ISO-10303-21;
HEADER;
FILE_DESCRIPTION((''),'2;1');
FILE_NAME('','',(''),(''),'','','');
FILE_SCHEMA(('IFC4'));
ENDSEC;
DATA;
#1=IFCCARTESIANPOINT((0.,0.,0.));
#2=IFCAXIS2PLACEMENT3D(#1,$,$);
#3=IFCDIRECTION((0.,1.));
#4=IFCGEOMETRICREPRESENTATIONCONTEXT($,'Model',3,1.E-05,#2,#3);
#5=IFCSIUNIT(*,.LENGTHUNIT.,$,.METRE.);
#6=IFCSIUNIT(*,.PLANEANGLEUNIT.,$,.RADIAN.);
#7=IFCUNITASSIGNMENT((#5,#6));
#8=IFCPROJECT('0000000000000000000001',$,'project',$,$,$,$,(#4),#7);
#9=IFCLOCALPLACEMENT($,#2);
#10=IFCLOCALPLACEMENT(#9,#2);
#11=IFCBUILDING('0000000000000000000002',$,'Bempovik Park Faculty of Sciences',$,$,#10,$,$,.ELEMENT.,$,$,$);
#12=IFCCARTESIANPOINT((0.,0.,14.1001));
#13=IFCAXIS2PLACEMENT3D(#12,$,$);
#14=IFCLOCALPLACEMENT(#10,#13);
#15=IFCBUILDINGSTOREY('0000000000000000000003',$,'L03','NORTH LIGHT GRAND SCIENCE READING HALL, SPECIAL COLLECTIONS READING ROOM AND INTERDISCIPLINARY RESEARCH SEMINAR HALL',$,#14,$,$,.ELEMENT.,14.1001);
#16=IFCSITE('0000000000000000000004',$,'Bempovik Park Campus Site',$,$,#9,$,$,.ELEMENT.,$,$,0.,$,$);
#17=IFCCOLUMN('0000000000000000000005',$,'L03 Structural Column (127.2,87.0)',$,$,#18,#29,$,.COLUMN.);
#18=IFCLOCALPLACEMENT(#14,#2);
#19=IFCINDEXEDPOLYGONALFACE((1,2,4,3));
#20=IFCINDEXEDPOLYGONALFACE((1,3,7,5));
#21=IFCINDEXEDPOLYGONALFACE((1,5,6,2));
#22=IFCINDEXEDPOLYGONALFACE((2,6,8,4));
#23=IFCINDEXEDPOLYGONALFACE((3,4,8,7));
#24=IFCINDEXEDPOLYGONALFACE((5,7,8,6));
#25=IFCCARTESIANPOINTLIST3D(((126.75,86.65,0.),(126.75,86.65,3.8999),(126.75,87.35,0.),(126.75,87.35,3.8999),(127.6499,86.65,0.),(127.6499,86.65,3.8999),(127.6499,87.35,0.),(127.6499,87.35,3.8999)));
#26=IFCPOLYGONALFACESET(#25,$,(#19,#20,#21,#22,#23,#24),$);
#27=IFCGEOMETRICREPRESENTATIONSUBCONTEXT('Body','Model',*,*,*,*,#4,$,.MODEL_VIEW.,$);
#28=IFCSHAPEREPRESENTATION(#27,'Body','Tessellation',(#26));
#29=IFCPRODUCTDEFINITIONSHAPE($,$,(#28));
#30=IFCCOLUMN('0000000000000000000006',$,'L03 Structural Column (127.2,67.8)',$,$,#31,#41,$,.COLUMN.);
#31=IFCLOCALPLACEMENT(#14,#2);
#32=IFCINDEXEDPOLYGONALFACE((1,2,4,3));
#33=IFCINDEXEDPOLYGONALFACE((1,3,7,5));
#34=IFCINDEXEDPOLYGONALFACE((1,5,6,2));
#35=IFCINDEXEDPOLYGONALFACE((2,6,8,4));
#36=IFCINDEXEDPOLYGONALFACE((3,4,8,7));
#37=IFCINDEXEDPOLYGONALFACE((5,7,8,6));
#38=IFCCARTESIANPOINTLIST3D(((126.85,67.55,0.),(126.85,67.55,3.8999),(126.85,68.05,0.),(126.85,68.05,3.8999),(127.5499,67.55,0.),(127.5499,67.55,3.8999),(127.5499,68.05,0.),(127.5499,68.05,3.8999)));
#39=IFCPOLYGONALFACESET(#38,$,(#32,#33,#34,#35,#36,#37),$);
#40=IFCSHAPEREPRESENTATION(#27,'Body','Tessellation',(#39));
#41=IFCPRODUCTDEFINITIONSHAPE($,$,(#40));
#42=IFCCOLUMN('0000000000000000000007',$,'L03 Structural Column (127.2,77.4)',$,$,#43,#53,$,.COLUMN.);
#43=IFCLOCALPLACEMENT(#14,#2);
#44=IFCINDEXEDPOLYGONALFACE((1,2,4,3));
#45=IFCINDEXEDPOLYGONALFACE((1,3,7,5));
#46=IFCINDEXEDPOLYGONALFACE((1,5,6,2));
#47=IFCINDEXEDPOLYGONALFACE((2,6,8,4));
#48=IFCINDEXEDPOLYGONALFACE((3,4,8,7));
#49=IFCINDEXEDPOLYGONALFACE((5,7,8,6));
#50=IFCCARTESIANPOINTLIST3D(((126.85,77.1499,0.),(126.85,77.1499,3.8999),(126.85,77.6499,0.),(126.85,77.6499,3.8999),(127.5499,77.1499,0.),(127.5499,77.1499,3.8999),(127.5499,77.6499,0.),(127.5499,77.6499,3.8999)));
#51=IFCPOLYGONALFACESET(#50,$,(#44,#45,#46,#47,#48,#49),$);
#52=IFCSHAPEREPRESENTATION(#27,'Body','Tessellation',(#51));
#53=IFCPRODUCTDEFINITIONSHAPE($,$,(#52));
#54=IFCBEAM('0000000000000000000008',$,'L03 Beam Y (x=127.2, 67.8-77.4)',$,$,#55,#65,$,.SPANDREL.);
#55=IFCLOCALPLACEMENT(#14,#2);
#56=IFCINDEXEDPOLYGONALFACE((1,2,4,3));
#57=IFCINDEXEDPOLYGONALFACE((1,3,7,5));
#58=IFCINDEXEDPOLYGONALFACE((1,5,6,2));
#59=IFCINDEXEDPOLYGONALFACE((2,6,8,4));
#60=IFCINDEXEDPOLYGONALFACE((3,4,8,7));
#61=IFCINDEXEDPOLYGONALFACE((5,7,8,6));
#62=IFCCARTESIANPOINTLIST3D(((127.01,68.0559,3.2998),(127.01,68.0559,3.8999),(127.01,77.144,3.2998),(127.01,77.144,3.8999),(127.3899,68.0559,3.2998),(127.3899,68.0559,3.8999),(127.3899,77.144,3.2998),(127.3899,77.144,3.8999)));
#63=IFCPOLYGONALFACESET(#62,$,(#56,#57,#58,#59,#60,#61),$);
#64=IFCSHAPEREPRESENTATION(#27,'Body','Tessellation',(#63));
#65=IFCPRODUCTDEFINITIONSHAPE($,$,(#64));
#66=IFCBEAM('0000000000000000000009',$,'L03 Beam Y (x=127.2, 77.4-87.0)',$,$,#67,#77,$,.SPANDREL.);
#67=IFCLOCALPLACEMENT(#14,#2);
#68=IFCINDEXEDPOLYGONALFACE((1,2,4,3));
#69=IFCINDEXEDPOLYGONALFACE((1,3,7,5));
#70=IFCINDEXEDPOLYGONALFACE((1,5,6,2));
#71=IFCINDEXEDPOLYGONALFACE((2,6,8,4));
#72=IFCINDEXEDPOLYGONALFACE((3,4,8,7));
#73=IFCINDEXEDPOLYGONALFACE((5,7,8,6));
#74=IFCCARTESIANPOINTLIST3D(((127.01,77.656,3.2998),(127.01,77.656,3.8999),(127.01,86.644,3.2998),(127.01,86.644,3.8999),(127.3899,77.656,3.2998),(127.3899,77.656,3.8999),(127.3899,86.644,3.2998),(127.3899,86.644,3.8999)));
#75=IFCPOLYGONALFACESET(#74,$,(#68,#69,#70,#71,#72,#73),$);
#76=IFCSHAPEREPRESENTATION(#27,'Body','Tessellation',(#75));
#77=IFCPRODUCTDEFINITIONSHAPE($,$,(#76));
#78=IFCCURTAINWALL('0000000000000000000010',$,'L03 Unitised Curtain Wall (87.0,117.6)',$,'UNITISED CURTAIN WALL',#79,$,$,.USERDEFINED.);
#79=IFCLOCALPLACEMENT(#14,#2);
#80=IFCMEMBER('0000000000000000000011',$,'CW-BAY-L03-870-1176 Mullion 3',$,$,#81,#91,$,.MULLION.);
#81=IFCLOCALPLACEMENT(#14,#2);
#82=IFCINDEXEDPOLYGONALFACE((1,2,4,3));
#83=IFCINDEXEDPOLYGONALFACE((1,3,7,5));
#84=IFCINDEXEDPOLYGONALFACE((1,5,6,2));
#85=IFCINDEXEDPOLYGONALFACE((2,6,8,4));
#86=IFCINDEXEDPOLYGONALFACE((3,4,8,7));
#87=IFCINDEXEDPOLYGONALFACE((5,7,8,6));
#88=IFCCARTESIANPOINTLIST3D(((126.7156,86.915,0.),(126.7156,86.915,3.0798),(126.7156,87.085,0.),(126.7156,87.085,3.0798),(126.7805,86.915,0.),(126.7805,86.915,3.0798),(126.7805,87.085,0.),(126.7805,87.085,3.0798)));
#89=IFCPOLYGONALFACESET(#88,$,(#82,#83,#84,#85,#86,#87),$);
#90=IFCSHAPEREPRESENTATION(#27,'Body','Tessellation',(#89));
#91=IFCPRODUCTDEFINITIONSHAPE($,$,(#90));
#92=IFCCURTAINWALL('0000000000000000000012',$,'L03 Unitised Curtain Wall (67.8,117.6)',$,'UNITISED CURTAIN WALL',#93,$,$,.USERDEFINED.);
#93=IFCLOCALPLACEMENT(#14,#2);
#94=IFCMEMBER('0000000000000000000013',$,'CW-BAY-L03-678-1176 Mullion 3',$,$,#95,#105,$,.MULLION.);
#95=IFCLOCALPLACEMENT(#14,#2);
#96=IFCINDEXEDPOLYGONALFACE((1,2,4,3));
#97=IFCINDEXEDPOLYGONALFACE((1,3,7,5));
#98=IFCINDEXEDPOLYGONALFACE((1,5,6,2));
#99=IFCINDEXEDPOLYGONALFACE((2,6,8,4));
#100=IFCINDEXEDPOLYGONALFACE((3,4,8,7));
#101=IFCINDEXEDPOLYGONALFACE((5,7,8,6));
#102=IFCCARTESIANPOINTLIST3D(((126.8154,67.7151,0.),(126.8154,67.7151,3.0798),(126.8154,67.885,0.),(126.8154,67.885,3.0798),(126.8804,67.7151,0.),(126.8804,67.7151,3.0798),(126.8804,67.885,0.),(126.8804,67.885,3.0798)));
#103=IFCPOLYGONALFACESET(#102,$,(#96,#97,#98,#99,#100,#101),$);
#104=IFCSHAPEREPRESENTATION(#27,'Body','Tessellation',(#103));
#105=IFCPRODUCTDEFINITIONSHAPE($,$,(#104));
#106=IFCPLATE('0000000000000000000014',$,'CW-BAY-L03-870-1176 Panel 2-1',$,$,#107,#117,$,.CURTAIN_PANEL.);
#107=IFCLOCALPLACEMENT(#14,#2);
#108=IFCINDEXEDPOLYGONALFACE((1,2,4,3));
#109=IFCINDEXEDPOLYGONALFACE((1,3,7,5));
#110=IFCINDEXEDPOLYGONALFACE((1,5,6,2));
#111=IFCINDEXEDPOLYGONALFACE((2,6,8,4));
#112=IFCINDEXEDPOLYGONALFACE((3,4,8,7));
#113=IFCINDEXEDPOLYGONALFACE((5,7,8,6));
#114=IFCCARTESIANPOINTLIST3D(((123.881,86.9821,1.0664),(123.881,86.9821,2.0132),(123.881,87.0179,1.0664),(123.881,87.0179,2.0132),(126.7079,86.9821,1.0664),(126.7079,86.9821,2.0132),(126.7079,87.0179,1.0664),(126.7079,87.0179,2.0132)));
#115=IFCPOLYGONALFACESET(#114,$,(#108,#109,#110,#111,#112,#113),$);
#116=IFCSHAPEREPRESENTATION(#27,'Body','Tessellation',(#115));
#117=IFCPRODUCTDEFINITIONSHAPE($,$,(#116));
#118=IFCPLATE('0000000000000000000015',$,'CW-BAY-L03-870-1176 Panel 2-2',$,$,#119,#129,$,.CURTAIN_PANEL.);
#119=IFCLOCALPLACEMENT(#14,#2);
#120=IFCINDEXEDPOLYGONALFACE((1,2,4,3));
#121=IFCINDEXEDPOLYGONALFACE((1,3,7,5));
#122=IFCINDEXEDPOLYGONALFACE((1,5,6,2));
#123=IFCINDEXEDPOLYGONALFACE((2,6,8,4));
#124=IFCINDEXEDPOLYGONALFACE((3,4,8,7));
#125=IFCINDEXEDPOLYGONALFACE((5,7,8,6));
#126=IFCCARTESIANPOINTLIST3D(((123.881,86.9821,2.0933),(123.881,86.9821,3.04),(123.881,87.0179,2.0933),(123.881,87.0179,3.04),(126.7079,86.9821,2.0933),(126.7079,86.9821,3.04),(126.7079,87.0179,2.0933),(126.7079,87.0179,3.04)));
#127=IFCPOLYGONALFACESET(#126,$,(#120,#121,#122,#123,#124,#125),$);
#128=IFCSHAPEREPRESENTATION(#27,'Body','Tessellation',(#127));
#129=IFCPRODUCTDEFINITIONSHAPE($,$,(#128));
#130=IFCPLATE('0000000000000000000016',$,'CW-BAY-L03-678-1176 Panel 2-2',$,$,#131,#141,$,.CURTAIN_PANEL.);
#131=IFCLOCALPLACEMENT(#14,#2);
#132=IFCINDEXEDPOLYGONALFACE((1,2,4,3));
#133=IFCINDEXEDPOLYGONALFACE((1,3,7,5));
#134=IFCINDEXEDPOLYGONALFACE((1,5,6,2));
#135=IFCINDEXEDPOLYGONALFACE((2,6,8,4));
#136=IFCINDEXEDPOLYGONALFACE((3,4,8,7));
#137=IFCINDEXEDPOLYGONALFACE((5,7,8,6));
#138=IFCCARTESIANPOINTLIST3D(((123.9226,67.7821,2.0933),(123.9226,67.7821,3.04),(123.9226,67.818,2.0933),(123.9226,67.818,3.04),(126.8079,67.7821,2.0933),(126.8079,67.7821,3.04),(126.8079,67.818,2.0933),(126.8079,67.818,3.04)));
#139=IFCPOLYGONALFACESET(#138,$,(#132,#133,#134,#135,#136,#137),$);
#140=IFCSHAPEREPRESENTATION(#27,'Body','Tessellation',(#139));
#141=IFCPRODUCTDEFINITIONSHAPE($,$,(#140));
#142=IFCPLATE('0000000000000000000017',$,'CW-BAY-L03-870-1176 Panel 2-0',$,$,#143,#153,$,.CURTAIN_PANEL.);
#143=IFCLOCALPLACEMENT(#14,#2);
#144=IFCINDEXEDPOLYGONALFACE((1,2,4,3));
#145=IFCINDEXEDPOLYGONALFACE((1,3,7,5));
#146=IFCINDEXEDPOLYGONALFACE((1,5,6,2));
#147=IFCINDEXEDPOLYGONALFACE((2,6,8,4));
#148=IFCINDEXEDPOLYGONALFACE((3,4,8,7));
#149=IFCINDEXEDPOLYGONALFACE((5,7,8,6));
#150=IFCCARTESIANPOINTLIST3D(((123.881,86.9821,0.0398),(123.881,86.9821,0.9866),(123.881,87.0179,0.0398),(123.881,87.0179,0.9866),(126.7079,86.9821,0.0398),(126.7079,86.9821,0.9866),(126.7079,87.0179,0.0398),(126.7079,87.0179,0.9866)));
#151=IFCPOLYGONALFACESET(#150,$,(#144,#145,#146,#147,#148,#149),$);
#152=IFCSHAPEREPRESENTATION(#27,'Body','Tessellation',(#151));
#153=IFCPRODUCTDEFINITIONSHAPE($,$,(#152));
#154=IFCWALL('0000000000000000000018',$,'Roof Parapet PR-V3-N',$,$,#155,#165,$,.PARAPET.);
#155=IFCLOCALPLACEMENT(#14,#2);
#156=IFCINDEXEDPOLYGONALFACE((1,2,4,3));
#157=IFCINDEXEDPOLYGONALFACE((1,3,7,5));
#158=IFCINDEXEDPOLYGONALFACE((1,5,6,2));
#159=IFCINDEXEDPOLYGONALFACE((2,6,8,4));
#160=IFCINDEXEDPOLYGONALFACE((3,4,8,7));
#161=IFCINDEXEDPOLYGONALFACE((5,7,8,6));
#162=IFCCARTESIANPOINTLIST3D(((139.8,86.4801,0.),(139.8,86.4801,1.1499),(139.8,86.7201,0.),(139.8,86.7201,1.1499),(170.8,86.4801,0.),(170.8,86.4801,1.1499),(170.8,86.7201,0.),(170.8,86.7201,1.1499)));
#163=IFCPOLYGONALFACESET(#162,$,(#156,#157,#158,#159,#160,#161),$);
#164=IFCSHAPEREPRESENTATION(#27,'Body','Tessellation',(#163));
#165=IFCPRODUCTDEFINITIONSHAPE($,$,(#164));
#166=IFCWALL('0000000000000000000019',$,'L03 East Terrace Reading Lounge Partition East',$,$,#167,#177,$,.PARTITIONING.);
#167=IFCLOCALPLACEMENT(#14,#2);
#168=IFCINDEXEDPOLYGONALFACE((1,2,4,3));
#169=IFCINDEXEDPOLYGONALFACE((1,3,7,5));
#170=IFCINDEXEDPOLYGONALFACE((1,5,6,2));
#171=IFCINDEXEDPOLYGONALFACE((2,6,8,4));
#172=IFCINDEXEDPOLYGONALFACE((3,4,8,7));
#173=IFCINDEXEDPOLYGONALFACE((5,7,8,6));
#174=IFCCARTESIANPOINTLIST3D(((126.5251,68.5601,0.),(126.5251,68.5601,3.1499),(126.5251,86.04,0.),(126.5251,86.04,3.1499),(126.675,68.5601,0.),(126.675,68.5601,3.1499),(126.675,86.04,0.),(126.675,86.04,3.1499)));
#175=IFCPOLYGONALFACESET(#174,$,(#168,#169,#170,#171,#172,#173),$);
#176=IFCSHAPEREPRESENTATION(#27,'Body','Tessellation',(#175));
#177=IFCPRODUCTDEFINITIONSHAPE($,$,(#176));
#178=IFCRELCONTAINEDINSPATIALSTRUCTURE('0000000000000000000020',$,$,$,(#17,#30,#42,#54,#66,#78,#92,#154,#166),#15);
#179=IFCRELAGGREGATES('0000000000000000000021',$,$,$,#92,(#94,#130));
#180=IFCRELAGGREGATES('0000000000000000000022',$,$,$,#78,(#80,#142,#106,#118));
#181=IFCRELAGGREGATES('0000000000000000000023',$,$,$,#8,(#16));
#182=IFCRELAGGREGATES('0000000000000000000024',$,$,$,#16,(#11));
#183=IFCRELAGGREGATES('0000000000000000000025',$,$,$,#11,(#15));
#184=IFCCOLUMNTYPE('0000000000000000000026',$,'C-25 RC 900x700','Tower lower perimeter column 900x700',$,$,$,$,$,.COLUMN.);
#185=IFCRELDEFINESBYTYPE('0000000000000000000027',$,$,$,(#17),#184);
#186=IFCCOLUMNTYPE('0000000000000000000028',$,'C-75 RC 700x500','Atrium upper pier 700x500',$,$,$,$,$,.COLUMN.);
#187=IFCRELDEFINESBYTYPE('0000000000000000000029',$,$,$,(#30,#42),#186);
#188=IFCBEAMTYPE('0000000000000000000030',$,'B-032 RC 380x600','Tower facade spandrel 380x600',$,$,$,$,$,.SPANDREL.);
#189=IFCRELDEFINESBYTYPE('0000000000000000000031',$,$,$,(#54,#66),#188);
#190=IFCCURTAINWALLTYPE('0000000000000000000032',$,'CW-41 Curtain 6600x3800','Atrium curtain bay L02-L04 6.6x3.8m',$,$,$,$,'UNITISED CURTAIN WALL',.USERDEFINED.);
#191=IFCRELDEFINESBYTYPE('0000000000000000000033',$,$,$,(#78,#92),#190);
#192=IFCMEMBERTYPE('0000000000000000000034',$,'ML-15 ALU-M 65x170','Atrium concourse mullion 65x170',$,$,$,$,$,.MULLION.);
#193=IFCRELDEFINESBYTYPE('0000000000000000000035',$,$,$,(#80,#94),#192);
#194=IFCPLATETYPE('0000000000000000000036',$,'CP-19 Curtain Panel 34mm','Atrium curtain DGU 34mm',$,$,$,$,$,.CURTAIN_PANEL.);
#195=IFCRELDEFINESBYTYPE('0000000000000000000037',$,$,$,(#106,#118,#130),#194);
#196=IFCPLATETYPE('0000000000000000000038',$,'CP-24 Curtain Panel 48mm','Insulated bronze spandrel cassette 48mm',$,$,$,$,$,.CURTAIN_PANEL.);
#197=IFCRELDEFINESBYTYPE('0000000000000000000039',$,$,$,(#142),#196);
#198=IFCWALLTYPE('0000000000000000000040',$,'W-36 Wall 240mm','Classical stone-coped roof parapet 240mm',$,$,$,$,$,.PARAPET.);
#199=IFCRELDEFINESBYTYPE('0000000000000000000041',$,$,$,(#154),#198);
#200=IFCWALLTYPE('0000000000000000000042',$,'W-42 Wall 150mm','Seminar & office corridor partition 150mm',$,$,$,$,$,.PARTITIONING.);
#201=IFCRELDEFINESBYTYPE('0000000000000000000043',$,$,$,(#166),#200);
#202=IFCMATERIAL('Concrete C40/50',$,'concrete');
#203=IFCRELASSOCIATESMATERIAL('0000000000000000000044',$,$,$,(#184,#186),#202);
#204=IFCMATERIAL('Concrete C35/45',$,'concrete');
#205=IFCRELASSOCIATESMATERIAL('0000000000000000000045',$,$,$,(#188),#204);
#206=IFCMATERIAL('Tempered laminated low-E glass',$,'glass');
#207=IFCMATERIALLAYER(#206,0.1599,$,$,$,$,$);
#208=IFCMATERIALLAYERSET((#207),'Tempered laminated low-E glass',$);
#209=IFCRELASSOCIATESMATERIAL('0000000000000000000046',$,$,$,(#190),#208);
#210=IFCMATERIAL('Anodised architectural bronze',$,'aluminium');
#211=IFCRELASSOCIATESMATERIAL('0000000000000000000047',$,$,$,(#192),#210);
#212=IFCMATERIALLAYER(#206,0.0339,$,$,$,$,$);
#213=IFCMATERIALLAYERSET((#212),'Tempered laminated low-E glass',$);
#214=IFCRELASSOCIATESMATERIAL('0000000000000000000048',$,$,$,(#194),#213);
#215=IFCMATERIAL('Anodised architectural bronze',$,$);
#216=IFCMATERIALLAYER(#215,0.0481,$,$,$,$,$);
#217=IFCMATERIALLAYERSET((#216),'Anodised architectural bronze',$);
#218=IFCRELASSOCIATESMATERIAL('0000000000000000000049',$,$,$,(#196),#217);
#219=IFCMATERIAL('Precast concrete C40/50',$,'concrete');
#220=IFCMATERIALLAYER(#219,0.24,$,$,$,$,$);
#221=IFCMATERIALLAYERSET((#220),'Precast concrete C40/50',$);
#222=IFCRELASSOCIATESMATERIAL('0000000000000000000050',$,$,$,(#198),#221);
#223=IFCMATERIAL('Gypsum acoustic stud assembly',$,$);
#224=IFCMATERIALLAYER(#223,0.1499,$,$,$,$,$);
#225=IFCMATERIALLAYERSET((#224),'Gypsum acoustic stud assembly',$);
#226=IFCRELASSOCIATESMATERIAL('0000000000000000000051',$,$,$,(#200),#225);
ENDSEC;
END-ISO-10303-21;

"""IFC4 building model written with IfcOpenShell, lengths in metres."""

from ifc_helpers import new_model, si_unit, direction, frame, frame_2d, origin, origin_2d, place, context, subcontext, project, spatial, rectangle, extrude, material, layer, layer_set, material_profile, profile_set, type_object, element, aggregate, save


model = new_model("IFC4")

# Units and contexts
model_context = context("Model", 3, precision=1e-05, world=origin(), true_north=direction((0.0, 1.0)))
body_context = subcontext(model_context, "Body", "Model", "MODEL_VIEW")
ifc_project = project(units=[si_unit("LENGTHUNIT", "METRE"), si_unit("PLANEANGLEUNIT", "RADIAN")], contexts=[model_context])

# Site, building, storey
site_placement = place(None, origin())
site = spatial("IfcSite", under=ifc_project, at=site_placement, Name="Bempovik Park Campus Site", CompositionType="ELEMENT", RefElevation=0.0)
building_placement = place(site_placement, origin())
building = spatial("IfcBuilding", under=site, at=building_placement, Name="Bempovik Park Faculty of Sciences", CompositionType="ELEMENT")
storey_placement = place(building_placement, frame((0.0, 0.0, 14.1001)))
storey = spatial("IfcBuildingStorey", under=building, at=storey_placement, Name="L03", Description="NORTH LIGHT GRAND SCIENCE READING HALL, SPECIAL COLLECTIONS READING ROOM AND INTERDISCIPLINARY RESEARCH SEMINAR HALL", CompositionType="ELEMENT", Elevation=14.1001)

# Columns
ifc_material_1 = material(Name="Concrete C40/50", Category="concrete")
ifc_material_profile_1 = material_profile(ifc_material_1, rectangle(XDim=0.8999, YDim=0.7, at=origin_2d()), Name="RC 900x700")
ifc_profile_set_1 = profile_set([ifc_material_profile_1], Name="Concrete C40/50")
column_type_1 = type_object("IfcColumnType", Name="C-25 RC 900x700", Description="Tower lower perimeter column 900x700", PredefinedType="COLUMN", material=ifc_profile_set_1)
column_placement = place(storey_placement, frame((127.2, 87.0, 0.0), z_axis=(0.0, 0.0, 1.0), x_axis=(1.0, 0.0, 0.0)))
element("IfcColumn", 1, at=column_placement, inside=storey, type_object=column_type_1, Name="L03 Structural Column (127.2,87.0)", PredefinedType="COLUMN", context=body_context, shape_type="SweptSolid", body=[
    extrude(rectangle(XDim=0.8999, YDim=0.7, at=origin_2d()), origin(), (0.0, 0.0, 1.0), 3.8999),
])
ifc_material_profile_2 = material_profile(ifc_material_1, rectangle(XDim=0.7, YDim=0.5, at=origin_2d()), Name="RC 700x500")
ifc_profile_set_2 = profile_set([ifc_material_profile_2], Name="Concrete C40/50")
column_type_2 = type_object("IfcColumnType", Name="C-75 RC 700x500", Description="Atrium upper pier 700x500", PredefinedType="COLUMN", material=ifc_profile_set_2)
for number, where, z_axis, x_axis, name in (
    (2, (127.2, 67.8, 0.0), (0.0, 0.0, 1.0), (1.0, 0.0, 0.0), "L03 Structural Column (127.2,67.8)"),
    (3, (127.2, 77.3999, 0.0), (0.0, 0.0, 1.0), (1.0, 0.0, 0.0), "L03 Structural Column (127.2,77.4)"),
):
    element("IfcColumn", number, at=place(storey_placement, frame(where, z_axis=z_axis, x_axis=x_axis)), inside=storey, type_object=column_type_2, Name=name, PredefinedType="COLUMN", context=body_context, shape_type="SweptSolid", body=[
        extrude(rectangle(XDim=0.7, YDim=0.5, at=origin_2d()), origin(), (0.0, 0.0, 1.0), 3.8999),
    ])

# Beams
ifc_material_2 = material(Name="Concrete C35/45", Category="concrete")
ifc_material_profile_3 = material_profile(ifc_material_2, rectangle(XDim=0.3799, YDim=0.6001, at=origin_2d()), Name="RC 380x600")
ifc_profile_set_3 = profile_set([ifc_material_profile_3], Name="Concrete C35/45")
beam_type = type_object("IfcBeamType", Name="B-032 RC 380x600", Description="Tower facade spandrel 380x600", PredefinedType="SPANDREL", material=ifc_profile_set_3)
beam_1_placement = place(storey_placement, frame((127.2, 68.0559, 3.5999), z_axis=(0.0, 1.0, 0.0), x_axis=(-1.0, 0.0, 0.0)))
element("IfcBeam", 4, at=beam_1_placement, inside=storey, type_object=beam_type, Name="L03 Beam Y (x=127.2, 67.8-77.4)", PredefinedType="SPANDREL", context=body_context, shape_type="SweptSolid", body=[
    extrude(rectangle(XDim=0.3799, YDim=0.6001, at=origin_2d()), origin(), (0.0, 0.0, 1.0), 9.0881),
])
beam_2_placement = place(storey_placement, frame((127.2, 77.656, 3.5999), z_axis=(0.0, 1.0, 0.0), x_axis=(-1.0, 0.0, 0.0)))
element("IfcBeam", 5, at=beam_2_placement, inside=storey, type_object=beam_type, Name="L03 Beam Y (x=127.2, 77.4-87.0)", PredefinedType="SPANDREL", context=body_context, shape_type="SweptSolid", body=[
    extrude(rectangle(XDim=0.3799, YDim=0.6001, at=origin_2d()), origin(), (0.0, 0.0, 1.0), 8.988),
])

# Curtain walls, members
ifc_material_3 = material(Name="Tempered laminated low-E glass", Category="glass")
ifc_layer_1 = layer(ifc_material_3, 0.1599)
ifc_layer_set_1 = layer_set([ifc_layer_1], Name="Tempered laminated low-E glass")
curtain_wall_type = type_object("IfcCurtainWallType", Name="CW-41 Curtain 6600x3800", Description="Atrium curtain bay L02-L04 6.6x3.8m", ElementType="UNITISED CURTAIN WALL", PredefinedType="USERDEFINED", material=ifc_layer_set_1)
curtain_wall_1_placement = place(storey_placement, origin())
curtain_wall_1 = element("IfcCurtainWall", 6, at=curtain_wall_1_placement, inside=storey, type_object=curtain_wall_type, Name="L03 Unitised Curtain Wall (87.0,117.6)", ObjectType="UNITISED CURTAIN WALL", PredefinedType="USERDEFINED")
ifc_material_4 = material(Name="Anodised architectural bronze", Category="aluminium")
ifc_material_profile_4 = material_profile(ifc_material_4, rectangle(XDim=0.0649, YDim=0.1699, at=origin_2d()), Name="ALU-M 65x170")
ifc_profile_set_4 = profile_set([ifc_material_profile_4], Name="Anodised architectural bronze")
member_type = type_object("IfcMemberType", Name="ML-15 ALU-M 65x170", Description="Atrium concourse mullion 65x170", PredefinedType="MULLION", material=ifc_profile_set_4)
member_1_placement = place(storey_placement, frame((126.748, 87.0, 0.0), z_axis=(0.0, 0.0, 1.0), x_axis=(1.0, 0.0, 0.0)))
member_1 = element("IfcMember", 7, at=member_1_placement, type_object=member_type, Name="CW-BAY-L03-870-1176 Mullion 3", PredefinedType="MULLION", context=body_context, shape_type="SweptSolid", body=[
    extrude(rectangle(XDim=0.0649, YDim=0.1699, at=origin_2d()), origin(), (0.0, 0.0, 1.0), 3.0798),
])
curtain_wall_2_placement = place(storey_placement, origin())
curtain_wall_2 = element("IfcCurtainWall", 8, at=curtain_wall_2_placement, inside=storey, type_object=curtain_wall_type, Name="L03 Unitised Curtain Wall (67.8,117.6)", ObjectType="UNITISED CURTAIN WALL", PredefinedType="USERDEFINED")
member_2_placement = place(storey_placement, frame((126.8479, 67.8, 0.0), z_axis=(0.0, 0.0, 1.0), x_axis=(1.0, 0.0, 0.0)))
member_2 = element("IfcMember", 9, at=member_2_placement, type_object=member_type, Name="CW-BAY-L03-678-1176 Mullion 3", PredefinedType="MULLION", context=body_context, shape_type="SweptSolid", body=[
    extrude(rectangle(XDim=0.0649, YDim=0.1699, at=origin_2d()), origin(), (0.0, 0.0, 1.0), 3.0798),
])

# Plates
ifc_layer_2 = layer(ifc_material_3, 0.0339)
ifc_layer_set_2 = layer_set([ifc_layer_2], Name="Tempered laminated low-E glass")
plate_type_1 = type_object("IfcPlateType", Name="CP-19 Curtain Panel 34mm", Description="Atrium curtain DGU 34mm", PredefinedType="CURTAIN_PANEL", material=ifc_layer_set_2)
plate_1_placement = place(storey_placement, frame((125.2944, 87.0, 1.0664), z_axis=(0.0, 0.0, 1.0), x_axis=(1.0, 0.0, 0.0)))
plate_1 = element("IfcPlate", 10, at=plate_1_placement, type_object=plate_type_1, Name="CW-BAY-L03-870-1176 Panel 2-1", PredefinedType="CURTAIN_PANEL", context=body_context, shape_type="SweptSolid", body=[
    extrude(rectangle(XDim=2.8269, YDim=0.0359, at=origin_2d()), origin(), (0.0, 0.0, 1.0), 0.9468),
])
plate_2_placement = place(storey_placement, frame((125.2944, 87.0, 2.0933), z_axis=(0.0, 0.0, 1.0), x_axis=(1.0, 0.0, 0.0)))
plate_2 = element("IfcPlate", 11, at=plate_2_placement, type_object=plate_type_1, Name="CW-BAY-L03-870-1176 Panel 2-2", PredefinedType="CURTAIN_PANEL", context=body_context, shape_type="SweptSolid", body=[
    extrude(rectangle(XDim=2.8269, YDim=0.0359, at=origin_2d()), origin(), (0.0, 0.0, 1.0), 0.9468),
])
plate_3_placement = place(storey_placement, frame((125.3652, 67.8, 2.0933), z_axis=(0.0, 0.0, 1.0), x_axis=(1.0, 0.0, 0.0)))
plate_3 = element("IfcPlate", 12, at=plate_3_placement, type_object=plate_type_1, Name="CW-BAY-L03-678-1176 Panel 2-2", PredefinedType="CURTAIN_PANEL", context=body_context, shape_type="SweptSolid", body=[
    extrude(rectangle(XDim=2.8853, YDim=0.0359, at=origin_2d()), origin(), (0.0, 0.0, 1.0), 0.9468),
])
aggregate(curtain_wall_2, [member_2, plate_3])
ifc_material_5 = material(Name="Anodised architectural bronze")
ifc_layer_3 = layer(ifc_material_5, 0.0481)
ifc_layer_set_3 = layer_set([ifc_layer_3], Name="Anodised architectural bronze")
plate_type_2 = type_object("IfcPlateType", Name="CP-24 Curtain Panel 48mm", Description="Insulated bronze spandrel cassette 48mm", PredefinedType="CURTAIN_PANEL", material=ifc_layer_set_3)
plate_4_placement = place(storey_placement, frame((125.2944, 87.0, 0.0398), z_axis=(0.0, 0.0, 1.0), x_axis=(1.0, 0.0, 0.0)))
plate_4 = element("IfcPlate", 13, at=plate_4_placement, type_object=plate_type_2, Name="CW-BAY-L03-870-1176 Panel 2-0", PredefinedType="CURTAIN_PANEL", context=body_context, shape_type="SweptSolid", body=[
    extrude(rectangle(XDim=2.8269, YDim=0.0359, at=origin_2d()), origin(), (0.0, 0.0, 1.0), 0.9468),
])
aggregate(curtain_wall_1, [member_1, plate_4, plate_1, plate_2])

# Walls
ifc_material_6 = material(Name="Precast concrete C40/50", Category="concrete")
ifc_layer_4 = layer(ifc_material_6, 0.24)
ifc_layer_set_4 = layer_set([ifc_layer_4], Name="Precast concrete C40/50")
wall_type_1 = type_object("IfcWallType", Name="W-36 Wall 240mm", Description="Classical stone-coped roof parapet 240mm", PredefinedType="PARAPET", material=ifc_layer_set_4)
wall_1_placement = place(storey_placement, frame((170.8, 86.6001, 0.0), z_axis=(0.0, 0.0, 1.0), x_axis=(-1.0, 0.0, 0.0)))
element("IfcWall", 14, at=wall_1_placement, inside=storey, type_object=wall_type_1, Name="Roof Parapet PR-V3-N", PredefinedType="PARAPET", context=body_context, shape_type="SweptSolid", body=[
    extrude(rectangle(XDim=31.0, YDim=0.24, at=frame_2d((15.5, 0.0))), origin(), (0.0, 0.0, 1.0), 1.1499),
])
ifc_material_7 = material(Name="Gypsum acoustic stud assembly")
ifc_layer_5 = layer(ifc_material_7, 0.1499)
ifc_layer_set_5 = layer_set([ifc_layer_5], Name="Gypsum acoustic stud assembly")
wall_type_2 = type_object("IfcWallType", Name="W-42 Wall 150mm", Description="Seminar & office corridor partition 150mm", PredefinedType="PARTITIONING", material=ifc_layer_set_5)
wall_2_placement = place(storey_placement, frame((126.6001, 68.5601, 0.0), z_axis=(0.0, 0.0, 1.0), x_axis=(0.0, 1.0, 0.0)))
element("IfcWall", 15, at=wall_2_placement, inside=storey, type_object=wall_type_2, Name="L03 East Terrace Reading Lounge Partition East", PredefinedType="PARTITIONING", context=body_context, shape_type="SweptSolid", body=[
    extrude(rectangle(XDim=17.48, YDim=0.1499, at=frame_2d((8.74, 0.0))), origin(), (0.0, 0.0, 1.0), 3.1499),
])

save(model, "model.ifc")
